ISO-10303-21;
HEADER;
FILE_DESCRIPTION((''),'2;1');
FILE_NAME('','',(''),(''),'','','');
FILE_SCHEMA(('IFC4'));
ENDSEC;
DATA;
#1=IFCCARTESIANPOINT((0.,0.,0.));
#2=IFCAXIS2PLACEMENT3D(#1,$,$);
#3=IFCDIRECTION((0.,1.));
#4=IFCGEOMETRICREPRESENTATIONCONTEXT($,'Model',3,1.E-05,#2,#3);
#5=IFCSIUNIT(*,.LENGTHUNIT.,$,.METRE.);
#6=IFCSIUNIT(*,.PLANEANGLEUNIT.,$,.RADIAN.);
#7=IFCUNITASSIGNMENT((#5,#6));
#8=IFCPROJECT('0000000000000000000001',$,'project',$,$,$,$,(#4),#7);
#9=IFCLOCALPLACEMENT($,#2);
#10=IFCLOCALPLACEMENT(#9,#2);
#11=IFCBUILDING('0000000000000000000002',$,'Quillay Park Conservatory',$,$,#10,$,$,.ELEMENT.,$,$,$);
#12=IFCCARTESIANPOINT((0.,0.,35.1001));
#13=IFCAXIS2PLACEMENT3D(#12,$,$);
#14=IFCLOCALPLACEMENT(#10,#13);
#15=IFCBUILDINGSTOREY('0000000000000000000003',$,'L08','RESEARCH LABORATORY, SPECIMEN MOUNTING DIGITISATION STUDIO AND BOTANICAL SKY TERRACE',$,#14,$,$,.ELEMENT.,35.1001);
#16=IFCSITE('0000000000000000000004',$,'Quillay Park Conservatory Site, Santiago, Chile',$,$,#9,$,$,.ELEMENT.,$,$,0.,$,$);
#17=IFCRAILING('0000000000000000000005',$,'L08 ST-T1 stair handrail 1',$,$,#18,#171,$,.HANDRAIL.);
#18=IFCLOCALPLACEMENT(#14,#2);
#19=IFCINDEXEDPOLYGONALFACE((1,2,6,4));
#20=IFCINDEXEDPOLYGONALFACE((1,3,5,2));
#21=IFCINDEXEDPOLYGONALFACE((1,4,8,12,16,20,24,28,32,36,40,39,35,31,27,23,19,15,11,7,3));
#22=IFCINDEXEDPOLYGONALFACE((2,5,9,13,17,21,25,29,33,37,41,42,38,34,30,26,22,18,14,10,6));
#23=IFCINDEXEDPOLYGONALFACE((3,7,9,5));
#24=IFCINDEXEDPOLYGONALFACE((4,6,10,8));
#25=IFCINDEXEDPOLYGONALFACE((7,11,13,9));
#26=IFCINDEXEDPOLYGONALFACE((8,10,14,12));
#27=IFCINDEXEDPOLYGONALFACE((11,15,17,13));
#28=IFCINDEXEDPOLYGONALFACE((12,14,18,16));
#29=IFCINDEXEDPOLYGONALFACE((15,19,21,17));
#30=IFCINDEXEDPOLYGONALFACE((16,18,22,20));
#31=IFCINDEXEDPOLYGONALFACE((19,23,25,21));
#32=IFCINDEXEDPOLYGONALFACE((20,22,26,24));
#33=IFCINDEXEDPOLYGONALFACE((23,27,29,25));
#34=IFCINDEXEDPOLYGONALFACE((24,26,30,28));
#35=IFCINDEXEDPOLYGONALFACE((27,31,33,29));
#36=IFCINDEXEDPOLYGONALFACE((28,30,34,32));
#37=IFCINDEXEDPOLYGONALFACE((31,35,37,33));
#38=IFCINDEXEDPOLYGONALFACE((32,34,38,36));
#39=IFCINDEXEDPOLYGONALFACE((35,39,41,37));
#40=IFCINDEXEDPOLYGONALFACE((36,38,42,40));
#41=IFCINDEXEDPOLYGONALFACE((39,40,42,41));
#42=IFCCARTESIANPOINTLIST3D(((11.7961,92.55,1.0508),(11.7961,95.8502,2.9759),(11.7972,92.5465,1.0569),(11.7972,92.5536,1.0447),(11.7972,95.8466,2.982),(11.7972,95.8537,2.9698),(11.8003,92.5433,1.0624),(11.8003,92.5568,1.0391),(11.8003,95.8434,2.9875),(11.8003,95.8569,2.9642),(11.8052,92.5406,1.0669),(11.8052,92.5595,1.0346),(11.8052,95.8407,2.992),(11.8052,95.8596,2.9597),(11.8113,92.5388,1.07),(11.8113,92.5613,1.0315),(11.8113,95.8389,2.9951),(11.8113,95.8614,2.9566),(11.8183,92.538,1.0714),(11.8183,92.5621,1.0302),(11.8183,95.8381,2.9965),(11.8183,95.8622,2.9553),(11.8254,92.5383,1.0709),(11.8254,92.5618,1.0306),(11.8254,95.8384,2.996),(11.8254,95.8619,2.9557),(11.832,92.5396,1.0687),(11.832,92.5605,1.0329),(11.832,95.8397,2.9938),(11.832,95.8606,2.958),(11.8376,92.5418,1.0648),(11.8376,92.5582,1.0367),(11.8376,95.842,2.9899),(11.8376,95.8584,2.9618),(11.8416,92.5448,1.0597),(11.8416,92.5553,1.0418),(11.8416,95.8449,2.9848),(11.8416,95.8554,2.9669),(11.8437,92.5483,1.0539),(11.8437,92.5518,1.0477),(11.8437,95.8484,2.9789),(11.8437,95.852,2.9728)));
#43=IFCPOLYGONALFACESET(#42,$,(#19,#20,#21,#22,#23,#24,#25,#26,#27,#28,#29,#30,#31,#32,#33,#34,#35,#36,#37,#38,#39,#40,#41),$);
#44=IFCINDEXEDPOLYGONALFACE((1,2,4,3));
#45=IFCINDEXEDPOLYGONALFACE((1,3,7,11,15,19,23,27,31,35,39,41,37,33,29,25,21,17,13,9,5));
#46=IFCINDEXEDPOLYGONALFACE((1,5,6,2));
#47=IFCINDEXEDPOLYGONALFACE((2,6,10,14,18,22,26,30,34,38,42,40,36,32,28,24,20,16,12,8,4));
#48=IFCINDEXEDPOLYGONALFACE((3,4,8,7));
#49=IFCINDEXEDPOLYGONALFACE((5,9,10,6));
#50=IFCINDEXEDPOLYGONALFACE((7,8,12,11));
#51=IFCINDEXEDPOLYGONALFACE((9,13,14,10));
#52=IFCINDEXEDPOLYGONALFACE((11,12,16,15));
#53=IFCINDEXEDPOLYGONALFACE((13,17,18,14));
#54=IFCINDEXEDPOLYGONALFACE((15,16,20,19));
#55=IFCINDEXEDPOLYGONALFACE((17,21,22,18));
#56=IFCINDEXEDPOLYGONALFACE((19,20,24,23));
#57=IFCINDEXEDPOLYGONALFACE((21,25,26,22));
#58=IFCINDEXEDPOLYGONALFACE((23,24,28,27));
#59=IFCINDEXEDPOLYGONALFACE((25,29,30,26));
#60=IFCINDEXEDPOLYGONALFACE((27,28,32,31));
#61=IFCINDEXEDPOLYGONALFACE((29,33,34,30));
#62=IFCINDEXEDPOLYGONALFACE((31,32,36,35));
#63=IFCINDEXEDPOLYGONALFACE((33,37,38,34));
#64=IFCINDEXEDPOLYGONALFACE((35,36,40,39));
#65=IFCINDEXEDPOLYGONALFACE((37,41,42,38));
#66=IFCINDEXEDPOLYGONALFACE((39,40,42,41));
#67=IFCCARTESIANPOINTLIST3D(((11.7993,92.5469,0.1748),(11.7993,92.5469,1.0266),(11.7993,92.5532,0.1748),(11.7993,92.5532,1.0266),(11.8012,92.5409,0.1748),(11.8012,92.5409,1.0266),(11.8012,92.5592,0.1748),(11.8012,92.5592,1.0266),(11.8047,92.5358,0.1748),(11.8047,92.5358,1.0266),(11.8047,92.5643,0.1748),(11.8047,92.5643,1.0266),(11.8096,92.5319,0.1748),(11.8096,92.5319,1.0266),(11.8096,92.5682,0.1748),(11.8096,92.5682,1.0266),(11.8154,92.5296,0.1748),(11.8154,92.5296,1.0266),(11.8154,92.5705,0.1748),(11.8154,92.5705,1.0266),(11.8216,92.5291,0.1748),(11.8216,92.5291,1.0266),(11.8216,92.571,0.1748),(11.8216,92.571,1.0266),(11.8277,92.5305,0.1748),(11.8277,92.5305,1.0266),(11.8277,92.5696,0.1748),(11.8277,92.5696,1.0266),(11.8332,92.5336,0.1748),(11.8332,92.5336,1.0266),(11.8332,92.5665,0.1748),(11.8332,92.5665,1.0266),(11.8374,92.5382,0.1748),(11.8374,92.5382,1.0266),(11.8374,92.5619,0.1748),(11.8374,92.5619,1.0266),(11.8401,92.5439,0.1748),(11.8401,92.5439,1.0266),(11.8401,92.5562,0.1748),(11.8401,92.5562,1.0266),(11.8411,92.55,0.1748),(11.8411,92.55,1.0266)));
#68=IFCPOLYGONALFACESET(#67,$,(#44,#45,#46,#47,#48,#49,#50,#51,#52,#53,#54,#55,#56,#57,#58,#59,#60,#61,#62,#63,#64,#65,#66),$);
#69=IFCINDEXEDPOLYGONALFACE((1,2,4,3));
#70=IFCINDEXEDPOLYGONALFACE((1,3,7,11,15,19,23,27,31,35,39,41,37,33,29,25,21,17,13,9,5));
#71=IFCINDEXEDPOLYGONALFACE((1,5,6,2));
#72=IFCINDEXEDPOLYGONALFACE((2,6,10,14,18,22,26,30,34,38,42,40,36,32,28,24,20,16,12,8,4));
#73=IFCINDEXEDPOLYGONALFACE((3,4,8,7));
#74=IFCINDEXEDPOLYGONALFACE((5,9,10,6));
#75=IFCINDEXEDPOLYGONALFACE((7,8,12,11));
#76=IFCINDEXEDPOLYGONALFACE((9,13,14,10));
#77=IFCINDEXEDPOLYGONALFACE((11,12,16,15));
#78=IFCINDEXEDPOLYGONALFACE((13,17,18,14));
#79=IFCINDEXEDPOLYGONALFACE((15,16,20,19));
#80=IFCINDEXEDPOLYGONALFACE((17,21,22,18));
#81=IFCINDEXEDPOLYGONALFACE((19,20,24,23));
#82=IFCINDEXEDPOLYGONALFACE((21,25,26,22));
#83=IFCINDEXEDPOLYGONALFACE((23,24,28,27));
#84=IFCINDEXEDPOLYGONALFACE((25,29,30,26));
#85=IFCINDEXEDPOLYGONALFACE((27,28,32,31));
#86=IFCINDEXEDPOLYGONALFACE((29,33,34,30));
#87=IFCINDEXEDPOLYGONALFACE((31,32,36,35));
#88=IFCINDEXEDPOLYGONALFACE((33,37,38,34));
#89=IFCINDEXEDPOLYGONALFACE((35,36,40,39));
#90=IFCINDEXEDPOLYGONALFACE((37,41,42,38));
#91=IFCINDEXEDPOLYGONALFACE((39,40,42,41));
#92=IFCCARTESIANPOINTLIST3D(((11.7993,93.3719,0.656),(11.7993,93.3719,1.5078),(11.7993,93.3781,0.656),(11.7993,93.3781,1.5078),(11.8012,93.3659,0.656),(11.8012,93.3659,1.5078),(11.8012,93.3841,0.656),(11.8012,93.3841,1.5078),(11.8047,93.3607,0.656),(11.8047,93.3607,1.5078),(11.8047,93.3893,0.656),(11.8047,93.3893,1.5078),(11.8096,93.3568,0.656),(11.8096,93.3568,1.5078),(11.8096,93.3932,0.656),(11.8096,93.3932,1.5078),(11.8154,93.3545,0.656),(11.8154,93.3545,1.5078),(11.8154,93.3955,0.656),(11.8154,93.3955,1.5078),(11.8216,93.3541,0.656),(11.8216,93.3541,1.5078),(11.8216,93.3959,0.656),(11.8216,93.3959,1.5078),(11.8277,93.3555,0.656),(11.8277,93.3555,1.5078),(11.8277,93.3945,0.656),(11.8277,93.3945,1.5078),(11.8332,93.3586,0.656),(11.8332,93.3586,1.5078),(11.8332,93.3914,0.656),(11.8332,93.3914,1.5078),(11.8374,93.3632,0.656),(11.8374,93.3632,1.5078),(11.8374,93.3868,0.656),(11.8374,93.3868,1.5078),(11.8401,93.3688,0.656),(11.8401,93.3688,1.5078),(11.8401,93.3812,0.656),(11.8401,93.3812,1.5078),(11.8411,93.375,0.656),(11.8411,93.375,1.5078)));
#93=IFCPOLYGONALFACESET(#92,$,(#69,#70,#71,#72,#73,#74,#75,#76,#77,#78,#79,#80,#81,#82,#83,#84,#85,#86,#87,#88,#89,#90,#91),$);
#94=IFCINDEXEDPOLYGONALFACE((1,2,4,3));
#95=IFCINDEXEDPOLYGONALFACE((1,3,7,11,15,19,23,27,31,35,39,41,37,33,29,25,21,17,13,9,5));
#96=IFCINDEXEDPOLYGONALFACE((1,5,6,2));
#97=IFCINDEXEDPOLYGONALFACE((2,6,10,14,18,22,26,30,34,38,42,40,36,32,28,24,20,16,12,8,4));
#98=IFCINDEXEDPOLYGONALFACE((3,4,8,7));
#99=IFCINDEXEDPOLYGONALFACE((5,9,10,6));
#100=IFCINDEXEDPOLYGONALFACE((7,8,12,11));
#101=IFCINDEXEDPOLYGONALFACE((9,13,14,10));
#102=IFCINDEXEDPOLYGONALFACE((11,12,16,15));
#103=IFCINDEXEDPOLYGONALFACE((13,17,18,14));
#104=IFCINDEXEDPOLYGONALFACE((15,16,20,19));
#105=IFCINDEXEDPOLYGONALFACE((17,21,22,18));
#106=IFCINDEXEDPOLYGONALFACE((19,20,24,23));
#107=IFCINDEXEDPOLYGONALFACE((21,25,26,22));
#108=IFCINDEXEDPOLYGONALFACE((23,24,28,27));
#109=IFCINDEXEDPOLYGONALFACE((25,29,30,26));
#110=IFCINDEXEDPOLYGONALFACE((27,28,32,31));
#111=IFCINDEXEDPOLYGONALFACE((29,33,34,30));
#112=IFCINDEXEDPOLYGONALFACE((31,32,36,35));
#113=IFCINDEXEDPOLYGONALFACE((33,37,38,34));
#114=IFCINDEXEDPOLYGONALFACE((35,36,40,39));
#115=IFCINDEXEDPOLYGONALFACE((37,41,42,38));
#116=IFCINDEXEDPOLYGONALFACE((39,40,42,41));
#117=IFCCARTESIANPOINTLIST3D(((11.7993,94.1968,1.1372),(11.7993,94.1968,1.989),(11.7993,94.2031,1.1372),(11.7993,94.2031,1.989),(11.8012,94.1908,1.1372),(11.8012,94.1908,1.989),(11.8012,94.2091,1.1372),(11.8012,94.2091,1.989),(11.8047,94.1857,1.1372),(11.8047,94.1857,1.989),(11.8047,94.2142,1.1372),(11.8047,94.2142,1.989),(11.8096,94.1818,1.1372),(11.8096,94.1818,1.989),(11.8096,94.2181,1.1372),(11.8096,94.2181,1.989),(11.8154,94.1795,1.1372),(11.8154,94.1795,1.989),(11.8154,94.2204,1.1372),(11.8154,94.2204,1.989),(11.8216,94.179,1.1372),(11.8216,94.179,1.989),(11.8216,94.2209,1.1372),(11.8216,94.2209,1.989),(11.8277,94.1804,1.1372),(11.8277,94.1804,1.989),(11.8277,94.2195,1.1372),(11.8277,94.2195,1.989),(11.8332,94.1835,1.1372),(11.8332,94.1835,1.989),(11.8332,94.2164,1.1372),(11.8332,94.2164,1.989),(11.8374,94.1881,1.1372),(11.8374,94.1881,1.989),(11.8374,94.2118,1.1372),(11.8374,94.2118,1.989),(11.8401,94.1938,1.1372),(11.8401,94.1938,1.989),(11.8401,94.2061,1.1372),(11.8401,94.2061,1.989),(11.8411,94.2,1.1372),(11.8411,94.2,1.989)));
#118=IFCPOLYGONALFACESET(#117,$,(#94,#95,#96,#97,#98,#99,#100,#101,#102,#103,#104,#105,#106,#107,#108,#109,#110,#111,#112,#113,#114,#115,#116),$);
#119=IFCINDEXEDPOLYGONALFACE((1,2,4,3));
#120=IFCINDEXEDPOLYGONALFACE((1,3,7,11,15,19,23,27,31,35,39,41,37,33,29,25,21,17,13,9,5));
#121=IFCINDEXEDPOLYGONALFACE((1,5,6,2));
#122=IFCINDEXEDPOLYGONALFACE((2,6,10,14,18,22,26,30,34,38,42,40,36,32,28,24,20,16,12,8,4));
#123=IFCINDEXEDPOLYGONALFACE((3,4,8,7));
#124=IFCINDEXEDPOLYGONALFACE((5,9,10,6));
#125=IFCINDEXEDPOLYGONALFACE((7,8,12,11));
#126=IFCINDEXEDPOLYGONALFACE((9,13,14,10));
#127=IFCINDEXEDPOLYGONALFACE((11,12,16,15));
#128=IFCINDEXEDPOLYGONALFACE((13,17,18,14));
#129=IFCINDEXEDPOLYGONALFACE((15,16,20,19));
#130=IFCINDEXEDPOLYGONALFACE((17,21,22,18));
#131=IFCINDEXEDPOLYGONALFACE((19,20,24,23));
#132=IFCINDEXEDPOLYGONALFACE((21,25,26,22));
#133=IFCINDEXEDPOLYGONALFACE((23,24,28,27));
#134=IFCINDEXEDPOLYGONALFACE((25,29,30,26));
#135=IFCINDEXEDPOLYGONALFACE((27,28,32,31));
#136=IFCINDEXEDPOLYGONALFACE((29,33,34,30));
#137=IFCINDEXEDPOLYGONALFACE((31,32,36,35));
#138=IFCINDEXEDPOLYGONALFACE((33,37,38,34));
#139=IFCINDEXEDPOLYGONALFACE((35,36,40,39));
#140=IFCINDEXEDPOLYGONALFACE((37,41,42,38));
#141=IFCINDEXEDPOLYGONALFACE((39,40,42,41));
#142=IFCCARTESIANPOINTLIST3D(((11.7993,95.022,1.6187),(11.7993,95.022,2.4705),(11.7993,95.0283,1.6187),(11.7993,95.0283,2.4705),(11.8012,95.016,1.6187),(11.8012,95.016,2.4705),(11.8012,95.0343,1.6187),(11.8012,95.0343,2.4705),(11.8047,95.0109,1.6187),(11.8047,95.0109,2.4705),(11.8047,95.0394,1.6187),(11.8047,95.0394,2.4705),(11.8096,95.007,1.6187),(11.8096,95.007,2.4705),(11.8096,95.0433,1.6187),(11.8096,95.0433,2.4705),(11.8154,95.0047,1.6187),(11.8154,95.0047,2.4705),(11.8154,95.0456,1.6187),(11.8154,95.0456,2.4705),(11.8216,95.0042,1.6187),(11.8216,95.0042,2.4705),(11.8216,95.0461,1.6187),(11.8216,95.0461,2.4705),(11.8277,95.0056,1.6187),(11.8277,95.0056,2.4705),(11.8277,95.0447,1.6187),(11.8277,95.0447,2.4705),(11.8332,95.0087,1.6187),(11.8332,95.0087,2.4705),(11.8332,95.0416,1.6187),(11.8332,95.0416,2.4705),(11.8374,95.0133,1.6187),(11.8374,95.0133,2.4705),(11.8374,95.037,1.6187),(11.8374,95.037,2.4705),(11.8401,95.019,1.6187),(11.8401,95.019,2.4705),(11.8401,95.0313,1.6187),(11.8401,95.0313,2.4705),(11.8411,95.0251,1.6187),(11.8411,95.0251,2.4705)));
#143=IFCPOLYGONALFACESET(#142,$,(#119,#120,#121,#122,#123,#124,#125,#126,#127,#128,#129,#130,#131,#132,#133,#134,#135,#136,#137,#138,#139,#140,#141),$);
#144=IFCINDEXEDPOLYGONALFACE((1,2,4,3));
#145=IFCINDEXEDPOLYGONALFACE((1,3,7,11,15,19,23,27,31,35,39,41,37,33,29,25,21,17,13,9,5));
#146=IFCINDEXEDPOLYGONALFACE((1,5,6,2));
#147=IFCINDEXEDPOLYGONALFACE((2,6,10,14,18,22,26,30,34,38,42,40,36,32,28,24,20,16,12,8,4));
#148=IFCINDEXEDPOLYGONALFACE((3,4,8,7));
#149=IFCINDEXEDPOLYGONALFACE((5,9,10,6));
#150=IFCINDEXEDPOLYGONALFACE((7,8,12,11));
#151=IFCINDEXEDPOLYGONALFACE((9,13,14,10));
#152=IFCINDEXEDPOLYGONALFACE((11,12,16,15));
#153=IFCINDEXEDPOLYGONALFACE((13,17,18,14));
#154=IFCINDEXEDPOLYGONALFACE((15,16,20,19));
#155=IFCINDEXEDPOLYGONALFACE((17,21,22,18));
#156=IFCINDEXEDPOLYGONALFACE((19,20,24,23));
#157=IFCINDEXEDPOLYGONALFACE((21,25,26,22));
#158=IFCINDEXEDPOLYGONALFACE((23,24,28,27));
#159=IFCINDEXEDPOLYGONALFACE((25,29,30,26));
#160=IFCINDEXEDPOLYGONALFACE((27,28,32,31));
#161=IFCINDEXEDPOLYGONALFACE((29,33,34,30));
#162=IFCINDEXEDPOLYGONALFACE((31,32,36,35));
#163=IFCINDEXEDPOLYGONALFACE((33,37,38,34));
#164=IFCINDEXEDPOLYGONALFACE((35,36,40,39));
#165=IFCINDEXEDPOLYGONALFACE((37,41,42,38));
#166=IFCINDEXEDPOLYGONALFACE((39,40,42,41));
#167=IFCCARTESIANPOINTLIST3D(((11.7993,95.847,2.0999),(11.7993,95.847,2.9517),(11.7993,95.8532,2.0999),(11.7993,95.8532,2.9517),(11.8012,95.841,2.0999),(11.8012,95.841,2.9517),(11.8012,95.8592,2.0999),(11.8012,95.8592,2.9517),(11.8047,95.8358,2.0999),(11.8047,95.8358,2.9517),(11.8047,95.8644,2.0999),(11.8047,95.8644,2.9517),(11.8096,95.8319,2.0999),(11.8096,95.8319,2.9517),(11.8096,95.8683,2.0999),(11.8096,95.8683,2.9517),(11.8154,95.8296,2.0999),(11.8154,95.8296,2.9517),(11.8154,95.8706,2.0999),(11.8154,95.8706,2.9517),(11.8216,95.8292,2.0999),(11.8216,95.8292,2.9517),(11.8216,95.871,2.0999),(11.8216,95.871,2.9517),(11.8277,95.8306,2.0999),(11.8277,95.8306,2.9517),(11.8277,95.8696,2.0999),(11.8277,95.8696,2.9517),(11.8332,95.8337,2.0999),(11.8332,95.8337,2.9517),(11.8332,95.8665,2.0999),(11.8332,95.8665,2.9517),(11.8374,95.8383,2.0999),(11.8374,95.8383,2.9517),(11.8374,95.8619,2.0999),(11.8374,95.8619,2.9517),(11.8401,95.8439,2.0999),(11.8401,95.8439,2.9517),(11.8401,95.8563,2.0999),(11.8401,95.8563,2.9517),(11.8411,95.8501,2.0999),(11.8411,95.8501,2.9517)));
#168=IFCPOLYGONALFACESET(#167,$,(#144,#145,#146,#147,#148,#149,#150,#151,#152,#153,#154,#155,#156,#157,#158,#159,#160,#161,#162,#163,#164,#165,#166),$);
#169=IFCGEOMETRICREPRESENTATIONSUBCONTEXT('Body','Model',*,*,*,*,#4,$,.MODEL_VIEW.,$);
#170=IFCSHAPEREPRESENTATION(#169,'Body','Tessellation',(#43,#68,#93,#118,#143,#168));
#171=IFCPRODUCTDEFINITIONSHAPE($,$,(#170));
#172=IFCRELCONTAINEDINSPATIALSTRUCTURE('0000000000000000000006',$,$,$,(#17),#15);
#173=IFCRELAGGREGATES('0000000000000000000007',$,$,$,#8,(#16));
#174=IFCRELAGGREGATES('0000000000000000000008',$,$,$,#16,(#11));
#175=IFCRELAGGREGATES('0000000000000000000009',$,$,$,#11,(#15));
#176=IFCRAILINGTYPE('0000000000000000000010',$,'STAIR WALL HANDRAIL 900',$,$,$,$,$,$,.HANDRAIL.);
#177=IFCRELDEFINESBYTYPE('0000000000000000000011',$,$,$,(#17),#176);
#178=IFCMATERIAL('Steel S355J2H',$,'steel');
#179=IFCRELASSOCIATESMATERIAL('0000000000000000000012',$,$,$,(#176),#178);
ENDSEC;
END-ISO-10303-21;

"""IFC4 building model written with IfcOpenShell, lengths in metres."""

from ifc_helpers import new_model, si_unit, direction, frame, origin, origin_2d, place, context, subcontext, project, spatial, circle, extrude, material, type_object, element, save


model = new_model("IFC4")

# Units and contexts
model_context = context("Model", 3, precision=1e-05, world=origin(), true_north=direction((0.0, 1.0)))
body_context = subcontext(model_context, "Body", "Model", "MODEL_VIEW")
ifc_project = project(units=[si_unit("LENGTHUNIT", "METRE"), si_unit("PLANEANGLEUNIT", "RADIAN")], contexts=[model_context])

# Site, building, storey
site_placement = place(None, origin())
site = spatial("IfcSite", under=ifc_project, at=site_placement, Name="Quillay Park Conservatory Site, Santiago, Chile", CompositionType="ELEMENT", RefElevation=0.0)
building_placement = place(site_placement, origin())
building = spatial("IfcBuilding", under=site, at=building_placement, Name="Quillay Park Conservatory", CompositionType="ELEMENT")
storey_placement = place(building_placement, frame((0.0, 0.0, 35.1001)))
storey = spatial("IfcBuildingStorey", under=building, at=storey_placement, Name="L08", Description="RESEARCH LABORATORY, SPECIMEN MOUNTING DIGITISATION STUDIO AND BOTANICAL SKY TERRACE", CompositionType="ELEMENT", Elevation=35.1001)

# Railing
ifc_material_1 = material(Name="Steel S355J2H", Category="steel")
railing_type_1 = type_object("IfcRailingType", Name="STAIR WALL HANDRAIL 900", PredefinedType="HANDRAIL", material=ifc_material_1)
for number, where, name in (
    (1, (11.8201, 92.55, 0.1748), "L08 ST-T1 stair handrail 1"),
):
    element("IfcRailing", number, at=place(storey_placement, frame(where)), inside=storey, type_object=railing_type_1, Name=name, PredefinedType="HANDRAIL", context=body_context, shape_type="SweptSolid", body=[
        extrude(circle(Radius=0.0239, at=origin_2d()), frame((0.0, 0.0, 0.876), z_axis=(0.0, 0.863777, 0.503875), x_axis=(-1.0, 0.0, 0.0)), (0.0, 0.0, 1.0), 3.8206),
        extrude(circle(Radius=0.021, at=origin_2d()), origin(), (0.0, 0.0, 1.0), 0.8518),
        extrude(circle(Radius=0.021, at=origin_2d()), frame((0.0, 0.825, 0.4812)), (0.0, 0.0, 1.0), 0.8518),
        extrude(circle(Radius=0.021, at=origin_2d()), frame((0.0, 1.6499, 0.9624)), (0.0, 0.0, 1.0), 0.8518),
        extrude(circle(Radius=0.021, at=origin_2d()), frame((0.0, 2.4751, 1.4438)), (0.0, 0.0, 1.0), 0.8518),
        extrude(circle(Radius=0.021, at=origin_2d()), frame((0.0, 3.3, 1.925)), (0.0, 0.0, 1.0), 0.8518),
    ])

save(model, "model.ifc")
